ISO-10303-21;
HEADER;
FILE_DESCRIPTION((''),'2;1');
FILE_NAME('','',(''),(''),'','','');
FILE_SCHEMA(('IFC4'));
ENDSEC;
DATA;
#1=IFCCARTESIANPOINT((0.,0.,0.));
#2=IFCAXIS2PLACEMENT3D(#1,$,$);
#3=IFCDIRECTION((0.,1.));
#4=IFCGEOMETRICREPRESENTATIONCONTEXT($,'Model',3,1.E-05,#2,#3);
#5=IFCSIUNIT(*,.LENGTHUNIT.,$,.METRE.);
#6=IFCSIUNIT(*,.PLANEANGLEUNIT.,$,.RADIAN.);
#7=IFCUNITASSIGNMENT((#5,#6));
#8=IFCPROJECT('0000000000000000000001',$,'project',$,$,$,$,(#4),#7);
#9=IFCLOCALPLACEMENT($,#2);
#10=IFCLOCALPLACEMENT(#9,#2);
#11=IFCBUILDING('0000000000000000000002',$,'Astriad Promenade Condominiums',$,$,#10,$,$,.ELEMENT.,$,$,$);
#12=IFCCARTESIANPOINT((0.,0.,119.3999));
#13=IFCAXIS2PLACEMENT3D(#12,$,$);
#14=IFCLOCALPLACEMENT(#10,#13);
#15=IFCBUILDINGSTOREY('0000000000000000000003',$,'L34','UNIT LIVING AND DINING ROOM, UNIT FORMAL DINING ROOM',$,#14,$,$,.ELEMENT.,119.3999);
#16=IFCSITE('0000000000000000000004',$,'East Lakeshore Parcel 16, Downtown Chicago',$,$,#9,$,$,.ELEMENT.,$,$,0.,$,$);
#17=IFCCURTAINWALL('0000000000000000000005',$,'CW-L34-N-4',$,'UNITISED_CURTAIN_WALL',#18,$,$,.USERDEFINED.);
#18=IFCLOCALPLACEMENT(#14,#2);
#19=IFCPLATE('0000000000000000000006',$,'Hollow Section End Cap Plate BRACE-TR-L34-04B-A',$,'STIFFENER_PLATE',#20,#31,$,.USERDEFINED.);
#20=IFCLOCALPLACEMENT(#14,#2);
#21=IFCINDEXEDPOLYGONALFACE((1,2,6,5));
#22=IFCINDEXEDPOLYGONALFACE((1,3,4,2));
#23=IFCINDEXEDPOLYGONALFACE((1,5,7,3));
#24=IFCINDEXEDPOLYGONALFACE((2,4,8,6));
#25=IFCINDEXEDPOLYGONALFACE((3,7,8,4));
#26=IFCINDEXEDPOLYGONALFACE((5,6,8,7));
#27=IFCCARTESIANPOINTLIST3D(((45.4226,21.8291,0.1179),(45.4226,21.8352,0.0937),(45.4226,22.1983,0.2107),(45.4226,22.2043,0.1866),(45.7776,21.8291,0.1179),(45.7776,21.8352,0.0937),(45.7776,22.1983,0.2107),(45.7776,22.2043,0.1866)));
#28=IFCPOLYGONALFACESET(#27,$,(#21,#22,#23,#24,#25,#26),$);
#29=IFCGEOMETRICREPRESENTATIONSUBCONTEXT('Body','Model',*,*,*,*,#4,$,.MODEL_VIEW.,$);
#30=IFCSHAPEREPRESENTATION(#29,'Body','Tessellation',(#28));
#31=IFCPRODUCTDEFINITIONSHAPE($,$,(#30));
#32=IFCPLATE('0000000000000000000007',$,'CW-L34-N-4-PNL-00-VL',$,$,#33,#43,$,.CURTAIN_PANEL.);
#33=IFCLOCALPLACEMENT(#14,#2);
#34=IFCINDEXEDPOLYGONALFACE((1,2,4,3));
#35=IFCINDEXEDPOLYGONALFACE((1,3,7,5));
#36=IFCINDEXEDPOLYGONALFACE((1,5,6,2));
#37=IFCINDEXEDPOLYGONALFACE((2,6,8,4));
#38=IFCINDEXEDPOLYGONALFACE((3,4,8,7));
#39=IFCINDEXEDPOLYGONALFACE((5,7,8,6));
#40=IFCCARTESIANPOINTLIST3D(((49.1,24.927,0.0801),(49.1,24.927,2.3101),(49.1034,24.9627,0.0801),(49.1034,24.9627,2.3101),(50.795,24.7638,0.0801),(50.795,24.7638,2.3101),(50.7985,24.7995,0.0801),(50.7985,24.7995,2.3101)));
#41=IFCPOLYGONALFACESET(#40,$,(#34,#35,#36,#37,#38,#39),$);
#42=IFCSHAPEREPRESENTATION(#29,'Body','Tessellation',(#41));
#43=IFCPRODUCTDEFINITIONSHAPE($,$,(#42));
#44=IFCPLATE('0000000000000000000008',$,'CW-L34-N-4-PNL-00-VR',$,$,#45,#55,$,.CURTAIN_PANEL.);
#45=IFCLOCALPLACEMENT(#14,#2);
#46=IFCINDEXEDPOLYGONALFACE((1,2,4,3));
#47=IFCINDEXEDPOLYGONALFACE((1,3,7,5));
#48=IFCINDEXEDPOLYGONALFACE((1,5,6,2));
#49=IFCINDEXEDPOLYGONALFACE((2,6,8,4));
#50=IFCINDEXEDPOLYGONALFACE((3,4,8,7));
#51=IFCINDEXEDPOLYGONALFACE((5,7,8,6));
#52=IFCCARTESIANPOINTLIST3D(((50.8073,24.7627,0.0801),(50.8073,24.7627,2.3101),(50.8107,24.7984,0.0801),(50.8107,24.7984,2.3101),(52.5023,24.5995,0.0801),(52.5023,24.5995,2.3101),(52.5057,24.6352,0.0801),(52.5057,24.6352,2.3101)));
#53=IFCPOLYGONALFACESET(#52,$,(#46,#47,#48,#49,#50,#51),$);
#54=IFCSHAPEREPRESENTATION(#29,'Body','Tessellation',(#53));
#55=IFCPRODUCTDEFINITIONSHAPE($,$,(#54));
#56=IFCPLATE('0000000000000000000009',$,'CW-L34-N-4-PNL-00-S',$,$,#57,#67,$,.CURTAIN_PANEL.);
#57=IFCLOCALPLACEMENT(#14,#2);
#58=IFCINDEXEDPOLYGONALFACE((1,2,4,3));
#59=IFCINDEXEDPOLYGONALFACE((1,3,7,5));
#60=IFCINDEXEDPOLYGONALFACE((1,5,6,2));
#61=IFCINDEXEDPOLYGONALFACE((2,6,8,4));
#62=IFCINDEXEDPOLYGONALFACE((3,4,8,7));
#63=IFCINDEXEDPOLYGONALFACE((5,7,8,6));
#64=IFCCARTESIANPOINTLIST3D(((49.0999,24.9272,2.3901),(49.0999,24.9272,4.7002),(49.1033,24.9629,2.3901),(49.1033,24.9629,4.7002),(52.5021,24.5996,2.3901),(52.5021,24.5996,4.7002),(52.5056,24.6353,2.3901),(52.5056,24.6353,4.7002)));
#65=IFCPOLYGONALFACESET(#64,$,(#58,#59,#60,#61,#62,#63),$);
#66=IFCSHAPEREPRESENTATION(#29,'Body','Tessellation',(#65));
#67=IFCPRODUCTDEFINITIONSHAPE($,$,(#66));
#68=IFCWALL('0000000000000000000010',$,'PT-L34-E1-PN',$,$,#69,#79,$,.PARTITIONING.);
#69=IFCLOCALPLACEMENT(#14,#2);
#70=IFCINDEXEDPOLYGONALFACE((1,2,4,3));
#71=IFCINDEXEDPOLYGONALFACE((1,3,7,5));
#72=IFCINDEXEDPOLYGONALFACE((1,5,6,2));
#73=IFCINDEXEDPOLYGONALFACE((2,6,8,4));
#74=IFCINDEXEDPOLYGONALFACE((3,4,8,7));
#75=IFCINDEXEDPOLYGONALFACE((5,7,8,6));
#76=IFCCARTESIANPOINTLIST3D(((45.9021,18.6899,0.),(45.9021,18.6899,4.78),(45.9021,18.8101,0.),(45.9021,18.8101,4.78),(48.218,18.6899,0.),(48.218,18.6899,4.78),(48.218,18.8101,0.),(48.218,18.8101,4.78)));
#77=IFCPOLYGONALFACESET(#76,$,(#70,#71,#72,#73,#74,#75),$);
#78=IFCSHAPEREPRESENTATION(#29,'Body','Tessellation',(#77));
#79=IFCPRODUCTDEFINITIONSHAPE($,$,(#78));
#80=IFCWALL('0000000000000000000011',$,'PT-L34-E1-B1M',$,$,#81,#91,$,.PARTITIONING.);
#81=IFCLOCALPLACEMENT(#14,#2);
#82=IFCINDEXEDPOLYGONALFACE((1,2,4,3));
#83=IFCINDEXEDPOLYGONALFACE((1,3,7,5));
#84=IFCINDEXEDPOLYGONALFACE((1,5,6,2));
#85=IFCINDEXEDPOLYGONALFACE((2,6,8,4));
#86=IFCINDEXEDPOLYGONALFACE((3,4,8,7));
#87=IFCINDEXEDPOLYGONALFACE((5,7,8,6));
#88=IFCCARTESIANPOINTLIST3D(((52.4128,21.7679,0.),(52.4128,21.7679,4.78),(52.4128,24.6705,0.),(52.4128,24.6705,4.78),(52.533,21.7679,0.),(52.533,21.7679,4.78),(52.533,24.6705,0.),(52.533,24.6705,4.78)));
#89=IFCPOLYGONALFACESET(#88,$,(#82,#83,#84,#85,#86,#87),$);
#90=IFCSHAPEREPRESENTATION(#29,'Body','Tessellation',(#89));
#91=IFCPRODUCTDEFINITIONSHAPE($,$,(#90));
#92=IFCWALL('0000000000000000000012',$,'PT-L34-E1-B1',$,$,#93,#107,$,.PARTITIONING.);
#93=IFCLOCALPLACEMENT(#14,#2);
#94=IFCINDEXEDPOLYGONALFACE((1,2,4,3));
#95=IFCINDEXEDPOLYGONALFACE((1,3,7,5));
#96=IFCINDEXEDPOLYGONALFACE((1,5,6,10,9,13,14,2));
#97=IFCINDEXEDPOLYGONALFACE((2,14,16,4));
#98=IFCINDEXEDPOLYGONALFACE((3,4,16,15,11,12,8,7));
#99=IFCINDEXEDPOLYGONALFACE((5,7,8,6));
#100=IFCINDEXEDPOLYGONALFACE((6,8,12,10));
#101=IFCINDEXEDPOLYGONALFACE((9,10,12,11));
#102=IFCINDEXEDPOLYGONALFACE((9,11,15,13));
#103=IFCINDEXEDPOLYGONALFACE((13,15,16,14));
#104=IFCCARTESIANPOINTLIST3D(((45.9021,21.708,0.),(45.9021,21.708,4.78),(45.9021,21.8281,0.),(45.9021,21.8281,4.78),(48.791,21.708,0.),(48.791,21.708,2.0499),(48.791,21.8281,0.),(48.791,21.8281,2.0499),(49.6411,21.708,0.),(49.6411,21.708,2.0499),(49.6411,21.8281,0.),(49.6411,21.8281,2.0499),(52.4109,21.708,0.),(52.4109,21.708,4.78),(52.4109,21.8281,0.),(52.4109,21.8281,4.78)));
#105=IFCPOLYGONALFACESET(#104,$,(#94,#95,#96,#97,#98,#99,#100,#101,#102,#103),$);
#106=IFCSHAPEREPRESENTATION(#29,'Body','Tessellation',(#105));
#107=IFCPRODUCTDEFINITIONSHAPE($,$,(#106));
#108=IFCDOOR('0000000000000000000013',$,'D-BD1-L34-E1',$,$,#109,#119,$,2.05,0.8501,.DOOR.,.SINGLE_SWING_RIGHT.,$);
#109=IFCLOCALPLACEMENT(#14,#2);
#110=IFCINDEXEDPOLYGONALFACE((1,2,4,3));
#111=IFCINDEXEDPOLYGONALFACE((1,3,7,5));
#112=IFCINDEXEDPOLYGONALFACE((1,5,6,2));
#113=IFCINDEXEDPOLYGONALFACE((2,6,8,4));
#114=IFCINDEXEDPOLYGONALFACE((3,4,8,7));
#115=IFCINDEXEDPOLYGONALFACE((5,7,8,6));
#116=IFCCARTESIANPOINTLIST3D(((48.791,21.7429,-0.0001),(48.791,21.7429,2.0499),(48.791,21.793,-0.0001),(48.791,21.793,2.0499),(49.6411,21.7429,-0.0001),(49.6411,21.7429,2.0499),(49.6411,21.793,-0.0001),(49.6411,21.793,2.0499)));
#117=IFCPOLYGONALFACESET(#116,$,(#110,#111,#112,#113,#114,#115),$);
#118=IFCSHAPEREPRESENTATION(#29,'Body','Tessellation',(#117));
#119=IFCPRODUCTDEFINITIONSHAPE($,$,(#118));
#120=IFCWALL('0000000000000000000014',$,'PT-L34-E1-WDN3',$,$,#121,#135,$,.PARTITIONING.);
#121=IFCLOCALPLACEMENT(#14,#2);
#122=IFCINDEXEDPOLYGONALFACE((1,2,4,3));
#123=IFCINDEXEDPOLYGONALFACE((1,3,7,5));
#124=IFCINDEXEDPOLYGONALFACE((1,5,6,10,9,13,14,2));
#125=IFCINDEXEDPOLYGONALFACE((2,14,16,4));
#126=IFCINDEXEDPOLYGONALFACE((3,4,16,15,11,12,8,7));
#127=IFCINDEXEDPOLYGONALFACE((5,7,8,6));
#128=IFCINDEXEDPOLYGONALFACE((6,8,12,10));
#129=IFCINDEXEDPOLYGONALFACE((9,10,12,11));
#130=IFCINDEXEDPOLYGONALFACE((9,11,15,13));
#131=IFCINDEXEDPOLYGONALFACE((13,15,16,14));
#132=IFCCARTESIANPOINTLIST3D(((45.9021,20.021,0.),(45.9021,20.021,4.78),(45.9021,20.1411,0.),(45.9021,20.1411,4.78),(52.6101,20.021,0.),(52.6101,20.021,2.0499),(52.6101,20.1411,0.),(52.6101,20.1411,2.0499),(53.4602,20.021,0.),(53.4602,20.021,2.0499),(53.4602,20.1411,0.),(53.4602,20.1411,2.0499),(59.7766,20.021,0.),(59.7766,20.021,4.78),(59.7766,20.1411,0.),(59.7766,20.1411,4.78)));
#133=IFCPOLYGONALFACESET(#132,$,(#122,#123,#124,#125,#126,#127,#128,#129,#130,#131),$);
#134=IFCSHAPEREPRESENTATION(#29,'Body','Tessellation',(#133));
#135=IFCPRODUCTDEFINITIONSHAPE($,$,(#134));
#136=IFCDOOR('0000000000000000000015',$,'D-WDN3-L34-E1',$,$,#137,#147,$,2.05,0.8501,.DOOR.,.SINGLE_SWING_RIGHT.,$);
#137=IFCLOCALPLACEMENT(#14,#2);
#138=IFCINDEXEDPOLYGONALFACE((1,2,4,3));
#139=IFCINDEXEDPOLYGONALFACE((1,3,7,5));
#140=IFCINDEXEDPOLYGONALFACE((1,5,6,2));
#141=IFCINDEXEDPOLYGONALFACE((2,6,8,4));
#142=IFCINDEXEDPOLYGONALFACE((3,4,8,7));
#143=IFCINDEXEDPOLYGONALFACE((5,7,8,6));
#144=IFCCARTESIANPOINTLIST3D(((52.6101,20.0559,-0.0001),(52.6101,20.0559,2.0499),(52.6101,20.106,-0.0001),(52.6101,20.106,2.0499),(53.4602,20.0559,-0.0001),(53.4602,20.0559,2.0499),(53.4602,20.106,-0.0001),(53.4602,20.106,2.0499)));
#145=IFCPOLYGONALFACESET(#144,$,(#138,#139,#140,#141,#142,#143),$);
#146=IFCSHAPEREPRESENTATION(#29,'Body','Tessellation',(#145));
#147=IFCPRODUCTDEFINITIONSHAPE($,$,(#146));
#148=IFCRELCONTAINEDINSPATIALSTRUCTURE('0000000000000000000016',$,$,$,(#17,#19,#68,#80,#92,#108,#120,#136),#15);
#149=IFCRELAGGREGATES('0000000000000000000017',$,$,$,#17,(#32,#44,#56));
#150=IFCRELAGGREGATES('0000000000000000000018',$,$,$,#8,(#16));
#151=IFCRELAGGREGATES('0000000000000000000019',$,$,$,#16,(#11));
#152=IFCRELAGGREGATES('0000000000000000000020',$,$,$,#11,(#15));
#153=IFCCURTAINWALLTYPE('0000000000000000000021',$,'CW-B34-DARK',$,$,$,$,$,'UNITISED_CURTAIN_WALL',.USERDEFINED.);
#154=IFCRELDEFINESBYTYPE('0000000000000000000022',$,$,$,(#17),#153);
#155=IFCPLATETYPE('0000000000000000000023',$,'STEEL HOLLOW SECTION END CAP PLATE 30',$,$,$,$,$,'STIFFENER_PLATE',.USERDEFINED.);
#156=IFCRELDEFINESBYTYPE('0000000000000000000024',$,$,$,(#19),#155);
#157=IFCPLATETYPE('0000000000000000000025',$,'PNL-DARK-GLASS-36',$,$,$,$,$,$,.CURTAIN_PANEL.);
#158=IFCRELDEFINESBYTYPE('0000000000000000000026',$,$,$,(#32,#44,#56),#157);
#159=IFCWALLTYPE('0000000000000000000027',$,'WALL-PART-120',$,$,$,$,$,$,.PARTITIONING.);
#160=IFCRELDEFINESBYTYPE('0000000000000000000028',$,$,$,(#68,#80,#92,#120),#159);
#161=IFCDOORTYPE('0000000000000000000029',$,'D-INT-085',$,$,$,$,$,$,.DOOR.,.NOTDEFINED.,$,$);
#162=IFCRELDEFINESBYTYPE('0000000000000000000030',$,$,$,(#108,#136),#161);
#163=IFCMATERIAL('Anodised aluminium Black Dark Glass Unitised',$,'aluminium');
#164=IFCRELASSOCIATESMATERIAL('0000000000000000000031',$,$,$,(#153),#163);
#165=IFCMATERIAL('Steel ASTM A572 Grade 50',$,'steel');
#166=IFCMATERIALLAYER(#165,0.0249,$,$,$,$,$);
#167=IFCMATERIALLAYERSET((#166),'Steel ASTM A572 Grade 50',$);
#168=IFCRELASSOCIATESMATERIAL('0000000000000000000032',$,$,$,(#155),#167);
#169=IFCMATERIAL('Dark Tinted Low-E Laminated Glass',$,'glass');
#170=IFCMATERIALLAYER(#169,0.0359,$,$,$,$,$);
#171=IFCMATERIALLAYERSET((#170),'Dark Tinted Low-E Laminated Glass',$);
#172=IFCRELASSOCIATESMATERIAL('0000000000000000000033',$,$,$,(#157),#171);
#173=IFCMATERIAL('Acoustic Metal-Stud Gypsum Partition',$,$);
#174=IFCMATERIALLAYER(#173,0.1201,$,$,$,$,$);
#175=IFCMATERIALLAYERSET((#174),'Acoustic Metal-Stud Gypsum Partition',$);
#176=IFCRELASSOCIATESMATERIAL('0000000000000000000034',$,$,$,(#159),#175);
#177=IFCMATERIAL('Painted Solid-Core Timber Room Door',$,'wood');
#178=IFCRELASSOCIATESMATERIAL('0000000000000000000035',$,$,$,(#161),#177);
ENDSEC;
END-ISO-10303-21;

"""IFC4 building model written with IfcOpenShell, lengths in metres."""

from ifc_helpers import new_model, si_unit, direction, frame, frame_2d, origin, origin_2d, place, context, subcontext, project, spatial, rectangle, extrude, source, transform, mapped, material, layer, layer_set, type_object, type_shapes, element, fill, aggregate, save


model = new_model("IFC4")

# Units and contexts
model_context = context("Model", 3, precision=1e-05, world=origin(), true_north=direction((0.0, 1.0)))
body_context = subcontext(model_context, "Body", "Model", "MODEL_VIEW")
ifc_project = project(units=[si_unit("LENGTHUNIT", "METRE"), si_unit("PLANEANGLEUNIT", "RADIAN")], contexts=[model_context])

# Site, building, storey
site_placement = place(None, origin())
site = spatial("IfcSite", under=ifc_project, at=site_placement, Name="East Lakeshore Parcel 16, Downtown Chicago", CompositionType="ELEMENT", RefElevation=0.0)
building_placement = place(site_placement, origin())
building = spatial("IfcBuilding", under=site, at=building_placement, Name="Astriad Promenade Condominiums", CompositionType="ELEMENT")
storey_placement = place(building_placement, frame((0.0, 0.0, 119.3999)))
storey = spatial("IfcBuildingStorey", under=building, at=storey_placement, Name="L34", Description="UNIT LIVING AND DINING ROOM, UNIT FORMAL DINING ROOM", CompositionType="ELEMENT", Elevation=119.3999)

# Curtain wall
ifc_material_1 = material(Name="Anodised aluminium Black Dark Glass Unitised", Category="aluminium")
curtain_wall_type = type_object("IfcCurtainWallType", Name="CW-B34-DARK", ElementType="UNITISED_CURTAIN_WALL", PredefinedType="USERDEFINED", material=ifc_material_1)
curtain_wall_placement = place(storey_placement, origin())
curtain_wall = element("IfcCurtainWall", 1, at=curtain_wall_placement, inside=storey, type_object=curtain_wall_type, Name="CW-L34-N-4", ObjectType="UNITISED_CURTAIN_WALL", PredefinedType="USERDEFINED")

# Plate
ifc_material_2 = material(Name="Steel ASTM A572 Grade 50", Category="steel")
ifc_layer_1 = layer(ifc_material_2, 0.0249)
ifc_layer_set_1 = layer_set([ifc_layer_1], Name="Steel ASTM A572 Grade 50")
plate_type_1 = type_object("IfcPlateType", Name="STEEL HOLLOW SECTION END CAP PLATE 30", ElementType="STIFFENER_PLATE", PredefinedType="USERDEFINED", material=ifc_layer_set_1)
shared_shape_1 = source(origin(), body_context, "Body", "SweptSolid", [
    extrude(rectangle(XDim=0.355, YDim=0.3806, at=origin_2d()), origin(), (0.0, 0.0, 1.0), 0.0249),
])
for number, where, z_axis, x_axis, name in (
    (2, (45.6001, 22.0198, 0.1401), (0.0, -0.243963, 0.969785), (1.0, 0.0, 0.0), "Hollow Section End Cap Plate BRACE-TR-L34-04B-A"),
):
    element("IfcPlate", number, at=place(storey_placement, frame(where, z_axis=z_axis, x_axis=x_axis)), inside=storey, type_object=plate_type_1, Name=name, ObjectType="STIFFENER_PLATE", PredefinedType="USERDEFINED", context=body_context, shape_type="MappedRepresentation", body=[
        mapped(shared_shape_1, transform((0.0, 0.0, 0.0), scale=1.0)),
    ])

# Plates
ifc_material_3 = material(Name="Dark Tinted Low-E Laminated Glass", Category="glass")
ifc_layer_2 = layer(ifc_material_3, 0.0359)
ifc_layer_set_2 = layer_set([ifc_layer_2], Name="Dark Tinted Low-E Laminated Glass")
plate_type_2 = type_object("IfcPlateType", Name="PNL-DARK-GLASS-36", PredefinedType="CURTAIN_PANEL", material=ifc_layer_set_2)
shared_shape_2 = source(origin(), body_context, "Body", "SweptSolid", [
    extrude(rectangle(XDim=1.7029, YDim=0.0359, at=origin_2d()), origin(), (0.0, 0.0, 1.0), 2.23),
])
plate_1_placement = place(storey_placement, frame((49.9492, 24.8633, 0.0801), z_axis=(0.0, 0.0, 1.0), x_axis=(0.995396, -0.095846, 0.0)))
plate_1 = element("IfcPlate", 3, at=plate_1_placement, type_object=plate_type_2, Name="CW-L34-N-4-PNL-00-VL", PredefinedType="CURTAIN_PANEL", context=body_context, shape_type="MappedRepresentation", body=[
    mapped(shared_shape_2, transform((0.0, 0.0, 0.0), scale=1.0)),
])
plate_2_placement = place(storey_placement, frame((51.6565, 24.699, 0.0801), z_axis=(0.0, 0.0, 1.0), x_axis=(0.995396, -0.095846, 0.0)))
plate_2 = element("IfcPlate", 4, at=plate_2_placement, type_object=plate_type_2, Name="CW-L34-N-4-PNL-00-VR", PredefinedType="CURTAIN_PANEL", context=body_context, shape_type="MappedRepresentation", body=[
    mapped(shared_shape_2, transform((0.0, 0.0, 0.0), scale=1.0)),
])
shared_shape_3 = source(origin(), body_context, "Body", "SweptSolid", [
    extrude(rectangle(XDim=3.418, YDim=0.0359, at=origin_2d()), origin(), (0.0, 0.0, 1.0), 2.3101),
])
type_shapes(plate_type_2, [shared_shape_2, shared_shape_3])
plate_3_placement = place(storey_placement, frame((50.8027, 24.7812, 2.3901), z_axis=(0.0, 0.0, 1.0), x_axis=(0.995396, -0.095846, 0.0)))
plate_3 = element("IfcPlate", 5, at=plate_3_placement, type_object=plate_type_2, Name="CW-L34-N-4-PNL-00-S", PredefinedType="CURTAIN_PANEL", context=body_context, shape_type="MappedRepresentation", body=[
    mapped(shared_shape_3, transform((0.0, 0.0, 0.0), scale=1.0)),
])
aggregate(curtain_wall, [plate_1, plate_2, plate_3])

# Walls
ifc_material_4 = material(Name="Acoustic Metal-Stud Gypsum Partition")
ifc_layer_3 = layer(ifc_material_4, 0.1201)
ifc_layer_set_3 = layer_set([ifc_layer_3], Name="Acoustic Metal-Stud Gypsum Partition")
wall_type = type_object("IfcWallType", Name="WALL-PART-120", PredefinedType="PARTITIONING", material=ifc_layer_set_3)
wall_1_placement = place(storey_placement, frame((45.9021, 18.75, 0.0), z_axis=(0.0, 0.0, 1.0), x_axis=(1.0, 0.0, 0.0)))
element("IfcWall", 6, at=wall_1_placement, inside=storey, type_object=wall_type, Name="PT-L34-E1-PN", PredefinedType="PARTITIONING", context=body_context, shape_type="SweptSolid", body=[
    extrude(rectangle(XDim=2.3159, YDim=0.1201, at=frame_2d((1.158, 0.0))), origin(), (0.0, 0.0, 1.0), 4.78),
])
wall_2_placement = place(storey_placement, frame((52.4729, 21.7681, 0.0), z_axis=(0.0, 0.0, 1.0), x_axis=(0.0, 1.0, 0.0)))
element("IfcWall", 7, at=wall_2_placement, inside=storey, type_object=wall_type, Name="PT-L34-E1-B1M", PredefinedType="PARTITIONING", context=body_context, shape_type="SweptSolid", body=[
    extrude(rectangle(XDim=2.9026, YDim=0.1201, at=frame_2d((1.4512, 0.0))), origin(), (0.0, 0.0, 1.0), 4.78),
])

# Walls, openings, doors
wall_3_placement = place(storey_placement, frame((45.9021, 21.7681, 0.0), z_axis=(0.0, 0.0, 1.0), x_axis=(1.0, 0.0, 0.0)))
wall_3 = element("IfcWall", 8, at=wall_3_placement, inside=storey, type_object=wall_type, Name="PT-L34-E1-B1", PredefinedType="PARTITIONING", context=body_context, shape_type="SweptSolid", body=[
    extrude(rectangle(XDim=6.5088, YDim=0.1201, at=frame_2d((3.2544, 0.0))), origin(), (0.0, 0.0, 1.0), 4.78),
])
opening_1_placement = place(wall_3_placement, frame((2.8889, 0.0, 0.0)))
opening_1 = element("IfcOpeningElement", 9, at=opening_1_placement, cuts=wall_3, PredefinedType="OPENING", context=body_context, shape_type="SweptSolid", body=[
    extrude(rectangle(XDim=0.8501, YDim=2.05, at=frame_2d((0.425, 1.0249))), frame((0.0, 0.0701, 0.0), z_axis=(0.0, -1.0, 0.0), x_axis=(1.0, 0.0, 0.0)), (0.0, 0.0, 1.0), 0.1401),
])
ifc_material_5 = material(Name="Painted Solid-Core Timber Room Door", Category="wood")
door_type = type_object("IfcDoorType", Name="D-INT-085", OperationType="NOTDEFINED", PredefinedType="DOOR", material=ifc_material_5)
shared_shape_4 = source(origin(), body_context, "Body", "SweptSolid", [
    extrude(rectangle(XDim=0.8501, YDim=2.05, at=frame_2d((0.425, 1.0249))), frame((0.0, 0.0249, 0.0), z_axis=(0.0, -1.0, 0.0), x_axis=(1.0, 0.0, 0.0)), (0.0, 0.0, 1.0), 0.05),
])
type_shapes(door_type, [shared_shape_4])
door_1_placement = place(opening_1_placement, origin())
door_1 = element("IfcDoor", 10, at=door_1_placement, inside=storey, type_object=door_type, Name="D-BD1-L34-E1", OperationType="SINGLE_SWING_RIGHT", OverallHeight=2.05, OverallWidth=0.8501, PredefinedType="DOOR", context=body_context, shape_type="MappedRepresentation", body=[
    mapped(shared_shape_4, transform((0.0, 0.0, 0.0), scale=1.0)),
])
fill(opening_1, door_1)
wall_4_placement = place(storey_placement, frame((45.9021, 20.0811, 0.0), z_axis=(0.0, 0.0, 1.0), x_axis=(1.0, 0.0, 0.0)))
wall_4 = element("IfcWall", 11, at=wall_4_placement, inside=storey, type_object=wall_type, Name="PT-L34-E1-WDN3", PredefinedType="PARTITIONING", context=body_context, shape_type="SweptSolid", body=[
    extrude(rectangle(XDim=13.8745, YDim=0.1201, at=frame_2d((6.9373, 0.0))), origin(), (0.0, 0.0, 1.0), 4.78),
])
opening_2_placement = place(wall_4_placement, frame((6.708, 0.0, 0.0)))
opening_2 = element("IfcOpeningElement", 12, at=opening_2_placement, cuts=wall_4, PredefinedType="OPENING", context=body_context, shape_type="SweptSolid", body=[
    extrude(rectangle(XDim=0.8501, YDim=2.05, at=frame_2d((0.425, 1.0249))), frame((0.0, 0.0701, 0.0), z_axis=(0.0, -1.0, 0.0), x_axis=(1.0, 0.0, 0.0)), (0.0, 0.0, 1.0), 0.1401),
])
door_2_placement = place(opening_2_placement, origin())
door_2 = element("IfcDoor", 13, at=door_2_placement, inside=storey, type_object=door_type, Name="D-WDN3-L34-E1", OperationType="SINGLE_SWING_RIGHT", OverallHeight=2.05, OverallWidth=0.8501, PredefinedType="DOOR", context=body_context, shape_type="MappedRepresentation", body=[
    mapped(shared_shape_4, transform((0.0, 0.0, 0.0), scale=1.0)),
])
fill(opening_2, door_2)

save(model, "model.ifc")
